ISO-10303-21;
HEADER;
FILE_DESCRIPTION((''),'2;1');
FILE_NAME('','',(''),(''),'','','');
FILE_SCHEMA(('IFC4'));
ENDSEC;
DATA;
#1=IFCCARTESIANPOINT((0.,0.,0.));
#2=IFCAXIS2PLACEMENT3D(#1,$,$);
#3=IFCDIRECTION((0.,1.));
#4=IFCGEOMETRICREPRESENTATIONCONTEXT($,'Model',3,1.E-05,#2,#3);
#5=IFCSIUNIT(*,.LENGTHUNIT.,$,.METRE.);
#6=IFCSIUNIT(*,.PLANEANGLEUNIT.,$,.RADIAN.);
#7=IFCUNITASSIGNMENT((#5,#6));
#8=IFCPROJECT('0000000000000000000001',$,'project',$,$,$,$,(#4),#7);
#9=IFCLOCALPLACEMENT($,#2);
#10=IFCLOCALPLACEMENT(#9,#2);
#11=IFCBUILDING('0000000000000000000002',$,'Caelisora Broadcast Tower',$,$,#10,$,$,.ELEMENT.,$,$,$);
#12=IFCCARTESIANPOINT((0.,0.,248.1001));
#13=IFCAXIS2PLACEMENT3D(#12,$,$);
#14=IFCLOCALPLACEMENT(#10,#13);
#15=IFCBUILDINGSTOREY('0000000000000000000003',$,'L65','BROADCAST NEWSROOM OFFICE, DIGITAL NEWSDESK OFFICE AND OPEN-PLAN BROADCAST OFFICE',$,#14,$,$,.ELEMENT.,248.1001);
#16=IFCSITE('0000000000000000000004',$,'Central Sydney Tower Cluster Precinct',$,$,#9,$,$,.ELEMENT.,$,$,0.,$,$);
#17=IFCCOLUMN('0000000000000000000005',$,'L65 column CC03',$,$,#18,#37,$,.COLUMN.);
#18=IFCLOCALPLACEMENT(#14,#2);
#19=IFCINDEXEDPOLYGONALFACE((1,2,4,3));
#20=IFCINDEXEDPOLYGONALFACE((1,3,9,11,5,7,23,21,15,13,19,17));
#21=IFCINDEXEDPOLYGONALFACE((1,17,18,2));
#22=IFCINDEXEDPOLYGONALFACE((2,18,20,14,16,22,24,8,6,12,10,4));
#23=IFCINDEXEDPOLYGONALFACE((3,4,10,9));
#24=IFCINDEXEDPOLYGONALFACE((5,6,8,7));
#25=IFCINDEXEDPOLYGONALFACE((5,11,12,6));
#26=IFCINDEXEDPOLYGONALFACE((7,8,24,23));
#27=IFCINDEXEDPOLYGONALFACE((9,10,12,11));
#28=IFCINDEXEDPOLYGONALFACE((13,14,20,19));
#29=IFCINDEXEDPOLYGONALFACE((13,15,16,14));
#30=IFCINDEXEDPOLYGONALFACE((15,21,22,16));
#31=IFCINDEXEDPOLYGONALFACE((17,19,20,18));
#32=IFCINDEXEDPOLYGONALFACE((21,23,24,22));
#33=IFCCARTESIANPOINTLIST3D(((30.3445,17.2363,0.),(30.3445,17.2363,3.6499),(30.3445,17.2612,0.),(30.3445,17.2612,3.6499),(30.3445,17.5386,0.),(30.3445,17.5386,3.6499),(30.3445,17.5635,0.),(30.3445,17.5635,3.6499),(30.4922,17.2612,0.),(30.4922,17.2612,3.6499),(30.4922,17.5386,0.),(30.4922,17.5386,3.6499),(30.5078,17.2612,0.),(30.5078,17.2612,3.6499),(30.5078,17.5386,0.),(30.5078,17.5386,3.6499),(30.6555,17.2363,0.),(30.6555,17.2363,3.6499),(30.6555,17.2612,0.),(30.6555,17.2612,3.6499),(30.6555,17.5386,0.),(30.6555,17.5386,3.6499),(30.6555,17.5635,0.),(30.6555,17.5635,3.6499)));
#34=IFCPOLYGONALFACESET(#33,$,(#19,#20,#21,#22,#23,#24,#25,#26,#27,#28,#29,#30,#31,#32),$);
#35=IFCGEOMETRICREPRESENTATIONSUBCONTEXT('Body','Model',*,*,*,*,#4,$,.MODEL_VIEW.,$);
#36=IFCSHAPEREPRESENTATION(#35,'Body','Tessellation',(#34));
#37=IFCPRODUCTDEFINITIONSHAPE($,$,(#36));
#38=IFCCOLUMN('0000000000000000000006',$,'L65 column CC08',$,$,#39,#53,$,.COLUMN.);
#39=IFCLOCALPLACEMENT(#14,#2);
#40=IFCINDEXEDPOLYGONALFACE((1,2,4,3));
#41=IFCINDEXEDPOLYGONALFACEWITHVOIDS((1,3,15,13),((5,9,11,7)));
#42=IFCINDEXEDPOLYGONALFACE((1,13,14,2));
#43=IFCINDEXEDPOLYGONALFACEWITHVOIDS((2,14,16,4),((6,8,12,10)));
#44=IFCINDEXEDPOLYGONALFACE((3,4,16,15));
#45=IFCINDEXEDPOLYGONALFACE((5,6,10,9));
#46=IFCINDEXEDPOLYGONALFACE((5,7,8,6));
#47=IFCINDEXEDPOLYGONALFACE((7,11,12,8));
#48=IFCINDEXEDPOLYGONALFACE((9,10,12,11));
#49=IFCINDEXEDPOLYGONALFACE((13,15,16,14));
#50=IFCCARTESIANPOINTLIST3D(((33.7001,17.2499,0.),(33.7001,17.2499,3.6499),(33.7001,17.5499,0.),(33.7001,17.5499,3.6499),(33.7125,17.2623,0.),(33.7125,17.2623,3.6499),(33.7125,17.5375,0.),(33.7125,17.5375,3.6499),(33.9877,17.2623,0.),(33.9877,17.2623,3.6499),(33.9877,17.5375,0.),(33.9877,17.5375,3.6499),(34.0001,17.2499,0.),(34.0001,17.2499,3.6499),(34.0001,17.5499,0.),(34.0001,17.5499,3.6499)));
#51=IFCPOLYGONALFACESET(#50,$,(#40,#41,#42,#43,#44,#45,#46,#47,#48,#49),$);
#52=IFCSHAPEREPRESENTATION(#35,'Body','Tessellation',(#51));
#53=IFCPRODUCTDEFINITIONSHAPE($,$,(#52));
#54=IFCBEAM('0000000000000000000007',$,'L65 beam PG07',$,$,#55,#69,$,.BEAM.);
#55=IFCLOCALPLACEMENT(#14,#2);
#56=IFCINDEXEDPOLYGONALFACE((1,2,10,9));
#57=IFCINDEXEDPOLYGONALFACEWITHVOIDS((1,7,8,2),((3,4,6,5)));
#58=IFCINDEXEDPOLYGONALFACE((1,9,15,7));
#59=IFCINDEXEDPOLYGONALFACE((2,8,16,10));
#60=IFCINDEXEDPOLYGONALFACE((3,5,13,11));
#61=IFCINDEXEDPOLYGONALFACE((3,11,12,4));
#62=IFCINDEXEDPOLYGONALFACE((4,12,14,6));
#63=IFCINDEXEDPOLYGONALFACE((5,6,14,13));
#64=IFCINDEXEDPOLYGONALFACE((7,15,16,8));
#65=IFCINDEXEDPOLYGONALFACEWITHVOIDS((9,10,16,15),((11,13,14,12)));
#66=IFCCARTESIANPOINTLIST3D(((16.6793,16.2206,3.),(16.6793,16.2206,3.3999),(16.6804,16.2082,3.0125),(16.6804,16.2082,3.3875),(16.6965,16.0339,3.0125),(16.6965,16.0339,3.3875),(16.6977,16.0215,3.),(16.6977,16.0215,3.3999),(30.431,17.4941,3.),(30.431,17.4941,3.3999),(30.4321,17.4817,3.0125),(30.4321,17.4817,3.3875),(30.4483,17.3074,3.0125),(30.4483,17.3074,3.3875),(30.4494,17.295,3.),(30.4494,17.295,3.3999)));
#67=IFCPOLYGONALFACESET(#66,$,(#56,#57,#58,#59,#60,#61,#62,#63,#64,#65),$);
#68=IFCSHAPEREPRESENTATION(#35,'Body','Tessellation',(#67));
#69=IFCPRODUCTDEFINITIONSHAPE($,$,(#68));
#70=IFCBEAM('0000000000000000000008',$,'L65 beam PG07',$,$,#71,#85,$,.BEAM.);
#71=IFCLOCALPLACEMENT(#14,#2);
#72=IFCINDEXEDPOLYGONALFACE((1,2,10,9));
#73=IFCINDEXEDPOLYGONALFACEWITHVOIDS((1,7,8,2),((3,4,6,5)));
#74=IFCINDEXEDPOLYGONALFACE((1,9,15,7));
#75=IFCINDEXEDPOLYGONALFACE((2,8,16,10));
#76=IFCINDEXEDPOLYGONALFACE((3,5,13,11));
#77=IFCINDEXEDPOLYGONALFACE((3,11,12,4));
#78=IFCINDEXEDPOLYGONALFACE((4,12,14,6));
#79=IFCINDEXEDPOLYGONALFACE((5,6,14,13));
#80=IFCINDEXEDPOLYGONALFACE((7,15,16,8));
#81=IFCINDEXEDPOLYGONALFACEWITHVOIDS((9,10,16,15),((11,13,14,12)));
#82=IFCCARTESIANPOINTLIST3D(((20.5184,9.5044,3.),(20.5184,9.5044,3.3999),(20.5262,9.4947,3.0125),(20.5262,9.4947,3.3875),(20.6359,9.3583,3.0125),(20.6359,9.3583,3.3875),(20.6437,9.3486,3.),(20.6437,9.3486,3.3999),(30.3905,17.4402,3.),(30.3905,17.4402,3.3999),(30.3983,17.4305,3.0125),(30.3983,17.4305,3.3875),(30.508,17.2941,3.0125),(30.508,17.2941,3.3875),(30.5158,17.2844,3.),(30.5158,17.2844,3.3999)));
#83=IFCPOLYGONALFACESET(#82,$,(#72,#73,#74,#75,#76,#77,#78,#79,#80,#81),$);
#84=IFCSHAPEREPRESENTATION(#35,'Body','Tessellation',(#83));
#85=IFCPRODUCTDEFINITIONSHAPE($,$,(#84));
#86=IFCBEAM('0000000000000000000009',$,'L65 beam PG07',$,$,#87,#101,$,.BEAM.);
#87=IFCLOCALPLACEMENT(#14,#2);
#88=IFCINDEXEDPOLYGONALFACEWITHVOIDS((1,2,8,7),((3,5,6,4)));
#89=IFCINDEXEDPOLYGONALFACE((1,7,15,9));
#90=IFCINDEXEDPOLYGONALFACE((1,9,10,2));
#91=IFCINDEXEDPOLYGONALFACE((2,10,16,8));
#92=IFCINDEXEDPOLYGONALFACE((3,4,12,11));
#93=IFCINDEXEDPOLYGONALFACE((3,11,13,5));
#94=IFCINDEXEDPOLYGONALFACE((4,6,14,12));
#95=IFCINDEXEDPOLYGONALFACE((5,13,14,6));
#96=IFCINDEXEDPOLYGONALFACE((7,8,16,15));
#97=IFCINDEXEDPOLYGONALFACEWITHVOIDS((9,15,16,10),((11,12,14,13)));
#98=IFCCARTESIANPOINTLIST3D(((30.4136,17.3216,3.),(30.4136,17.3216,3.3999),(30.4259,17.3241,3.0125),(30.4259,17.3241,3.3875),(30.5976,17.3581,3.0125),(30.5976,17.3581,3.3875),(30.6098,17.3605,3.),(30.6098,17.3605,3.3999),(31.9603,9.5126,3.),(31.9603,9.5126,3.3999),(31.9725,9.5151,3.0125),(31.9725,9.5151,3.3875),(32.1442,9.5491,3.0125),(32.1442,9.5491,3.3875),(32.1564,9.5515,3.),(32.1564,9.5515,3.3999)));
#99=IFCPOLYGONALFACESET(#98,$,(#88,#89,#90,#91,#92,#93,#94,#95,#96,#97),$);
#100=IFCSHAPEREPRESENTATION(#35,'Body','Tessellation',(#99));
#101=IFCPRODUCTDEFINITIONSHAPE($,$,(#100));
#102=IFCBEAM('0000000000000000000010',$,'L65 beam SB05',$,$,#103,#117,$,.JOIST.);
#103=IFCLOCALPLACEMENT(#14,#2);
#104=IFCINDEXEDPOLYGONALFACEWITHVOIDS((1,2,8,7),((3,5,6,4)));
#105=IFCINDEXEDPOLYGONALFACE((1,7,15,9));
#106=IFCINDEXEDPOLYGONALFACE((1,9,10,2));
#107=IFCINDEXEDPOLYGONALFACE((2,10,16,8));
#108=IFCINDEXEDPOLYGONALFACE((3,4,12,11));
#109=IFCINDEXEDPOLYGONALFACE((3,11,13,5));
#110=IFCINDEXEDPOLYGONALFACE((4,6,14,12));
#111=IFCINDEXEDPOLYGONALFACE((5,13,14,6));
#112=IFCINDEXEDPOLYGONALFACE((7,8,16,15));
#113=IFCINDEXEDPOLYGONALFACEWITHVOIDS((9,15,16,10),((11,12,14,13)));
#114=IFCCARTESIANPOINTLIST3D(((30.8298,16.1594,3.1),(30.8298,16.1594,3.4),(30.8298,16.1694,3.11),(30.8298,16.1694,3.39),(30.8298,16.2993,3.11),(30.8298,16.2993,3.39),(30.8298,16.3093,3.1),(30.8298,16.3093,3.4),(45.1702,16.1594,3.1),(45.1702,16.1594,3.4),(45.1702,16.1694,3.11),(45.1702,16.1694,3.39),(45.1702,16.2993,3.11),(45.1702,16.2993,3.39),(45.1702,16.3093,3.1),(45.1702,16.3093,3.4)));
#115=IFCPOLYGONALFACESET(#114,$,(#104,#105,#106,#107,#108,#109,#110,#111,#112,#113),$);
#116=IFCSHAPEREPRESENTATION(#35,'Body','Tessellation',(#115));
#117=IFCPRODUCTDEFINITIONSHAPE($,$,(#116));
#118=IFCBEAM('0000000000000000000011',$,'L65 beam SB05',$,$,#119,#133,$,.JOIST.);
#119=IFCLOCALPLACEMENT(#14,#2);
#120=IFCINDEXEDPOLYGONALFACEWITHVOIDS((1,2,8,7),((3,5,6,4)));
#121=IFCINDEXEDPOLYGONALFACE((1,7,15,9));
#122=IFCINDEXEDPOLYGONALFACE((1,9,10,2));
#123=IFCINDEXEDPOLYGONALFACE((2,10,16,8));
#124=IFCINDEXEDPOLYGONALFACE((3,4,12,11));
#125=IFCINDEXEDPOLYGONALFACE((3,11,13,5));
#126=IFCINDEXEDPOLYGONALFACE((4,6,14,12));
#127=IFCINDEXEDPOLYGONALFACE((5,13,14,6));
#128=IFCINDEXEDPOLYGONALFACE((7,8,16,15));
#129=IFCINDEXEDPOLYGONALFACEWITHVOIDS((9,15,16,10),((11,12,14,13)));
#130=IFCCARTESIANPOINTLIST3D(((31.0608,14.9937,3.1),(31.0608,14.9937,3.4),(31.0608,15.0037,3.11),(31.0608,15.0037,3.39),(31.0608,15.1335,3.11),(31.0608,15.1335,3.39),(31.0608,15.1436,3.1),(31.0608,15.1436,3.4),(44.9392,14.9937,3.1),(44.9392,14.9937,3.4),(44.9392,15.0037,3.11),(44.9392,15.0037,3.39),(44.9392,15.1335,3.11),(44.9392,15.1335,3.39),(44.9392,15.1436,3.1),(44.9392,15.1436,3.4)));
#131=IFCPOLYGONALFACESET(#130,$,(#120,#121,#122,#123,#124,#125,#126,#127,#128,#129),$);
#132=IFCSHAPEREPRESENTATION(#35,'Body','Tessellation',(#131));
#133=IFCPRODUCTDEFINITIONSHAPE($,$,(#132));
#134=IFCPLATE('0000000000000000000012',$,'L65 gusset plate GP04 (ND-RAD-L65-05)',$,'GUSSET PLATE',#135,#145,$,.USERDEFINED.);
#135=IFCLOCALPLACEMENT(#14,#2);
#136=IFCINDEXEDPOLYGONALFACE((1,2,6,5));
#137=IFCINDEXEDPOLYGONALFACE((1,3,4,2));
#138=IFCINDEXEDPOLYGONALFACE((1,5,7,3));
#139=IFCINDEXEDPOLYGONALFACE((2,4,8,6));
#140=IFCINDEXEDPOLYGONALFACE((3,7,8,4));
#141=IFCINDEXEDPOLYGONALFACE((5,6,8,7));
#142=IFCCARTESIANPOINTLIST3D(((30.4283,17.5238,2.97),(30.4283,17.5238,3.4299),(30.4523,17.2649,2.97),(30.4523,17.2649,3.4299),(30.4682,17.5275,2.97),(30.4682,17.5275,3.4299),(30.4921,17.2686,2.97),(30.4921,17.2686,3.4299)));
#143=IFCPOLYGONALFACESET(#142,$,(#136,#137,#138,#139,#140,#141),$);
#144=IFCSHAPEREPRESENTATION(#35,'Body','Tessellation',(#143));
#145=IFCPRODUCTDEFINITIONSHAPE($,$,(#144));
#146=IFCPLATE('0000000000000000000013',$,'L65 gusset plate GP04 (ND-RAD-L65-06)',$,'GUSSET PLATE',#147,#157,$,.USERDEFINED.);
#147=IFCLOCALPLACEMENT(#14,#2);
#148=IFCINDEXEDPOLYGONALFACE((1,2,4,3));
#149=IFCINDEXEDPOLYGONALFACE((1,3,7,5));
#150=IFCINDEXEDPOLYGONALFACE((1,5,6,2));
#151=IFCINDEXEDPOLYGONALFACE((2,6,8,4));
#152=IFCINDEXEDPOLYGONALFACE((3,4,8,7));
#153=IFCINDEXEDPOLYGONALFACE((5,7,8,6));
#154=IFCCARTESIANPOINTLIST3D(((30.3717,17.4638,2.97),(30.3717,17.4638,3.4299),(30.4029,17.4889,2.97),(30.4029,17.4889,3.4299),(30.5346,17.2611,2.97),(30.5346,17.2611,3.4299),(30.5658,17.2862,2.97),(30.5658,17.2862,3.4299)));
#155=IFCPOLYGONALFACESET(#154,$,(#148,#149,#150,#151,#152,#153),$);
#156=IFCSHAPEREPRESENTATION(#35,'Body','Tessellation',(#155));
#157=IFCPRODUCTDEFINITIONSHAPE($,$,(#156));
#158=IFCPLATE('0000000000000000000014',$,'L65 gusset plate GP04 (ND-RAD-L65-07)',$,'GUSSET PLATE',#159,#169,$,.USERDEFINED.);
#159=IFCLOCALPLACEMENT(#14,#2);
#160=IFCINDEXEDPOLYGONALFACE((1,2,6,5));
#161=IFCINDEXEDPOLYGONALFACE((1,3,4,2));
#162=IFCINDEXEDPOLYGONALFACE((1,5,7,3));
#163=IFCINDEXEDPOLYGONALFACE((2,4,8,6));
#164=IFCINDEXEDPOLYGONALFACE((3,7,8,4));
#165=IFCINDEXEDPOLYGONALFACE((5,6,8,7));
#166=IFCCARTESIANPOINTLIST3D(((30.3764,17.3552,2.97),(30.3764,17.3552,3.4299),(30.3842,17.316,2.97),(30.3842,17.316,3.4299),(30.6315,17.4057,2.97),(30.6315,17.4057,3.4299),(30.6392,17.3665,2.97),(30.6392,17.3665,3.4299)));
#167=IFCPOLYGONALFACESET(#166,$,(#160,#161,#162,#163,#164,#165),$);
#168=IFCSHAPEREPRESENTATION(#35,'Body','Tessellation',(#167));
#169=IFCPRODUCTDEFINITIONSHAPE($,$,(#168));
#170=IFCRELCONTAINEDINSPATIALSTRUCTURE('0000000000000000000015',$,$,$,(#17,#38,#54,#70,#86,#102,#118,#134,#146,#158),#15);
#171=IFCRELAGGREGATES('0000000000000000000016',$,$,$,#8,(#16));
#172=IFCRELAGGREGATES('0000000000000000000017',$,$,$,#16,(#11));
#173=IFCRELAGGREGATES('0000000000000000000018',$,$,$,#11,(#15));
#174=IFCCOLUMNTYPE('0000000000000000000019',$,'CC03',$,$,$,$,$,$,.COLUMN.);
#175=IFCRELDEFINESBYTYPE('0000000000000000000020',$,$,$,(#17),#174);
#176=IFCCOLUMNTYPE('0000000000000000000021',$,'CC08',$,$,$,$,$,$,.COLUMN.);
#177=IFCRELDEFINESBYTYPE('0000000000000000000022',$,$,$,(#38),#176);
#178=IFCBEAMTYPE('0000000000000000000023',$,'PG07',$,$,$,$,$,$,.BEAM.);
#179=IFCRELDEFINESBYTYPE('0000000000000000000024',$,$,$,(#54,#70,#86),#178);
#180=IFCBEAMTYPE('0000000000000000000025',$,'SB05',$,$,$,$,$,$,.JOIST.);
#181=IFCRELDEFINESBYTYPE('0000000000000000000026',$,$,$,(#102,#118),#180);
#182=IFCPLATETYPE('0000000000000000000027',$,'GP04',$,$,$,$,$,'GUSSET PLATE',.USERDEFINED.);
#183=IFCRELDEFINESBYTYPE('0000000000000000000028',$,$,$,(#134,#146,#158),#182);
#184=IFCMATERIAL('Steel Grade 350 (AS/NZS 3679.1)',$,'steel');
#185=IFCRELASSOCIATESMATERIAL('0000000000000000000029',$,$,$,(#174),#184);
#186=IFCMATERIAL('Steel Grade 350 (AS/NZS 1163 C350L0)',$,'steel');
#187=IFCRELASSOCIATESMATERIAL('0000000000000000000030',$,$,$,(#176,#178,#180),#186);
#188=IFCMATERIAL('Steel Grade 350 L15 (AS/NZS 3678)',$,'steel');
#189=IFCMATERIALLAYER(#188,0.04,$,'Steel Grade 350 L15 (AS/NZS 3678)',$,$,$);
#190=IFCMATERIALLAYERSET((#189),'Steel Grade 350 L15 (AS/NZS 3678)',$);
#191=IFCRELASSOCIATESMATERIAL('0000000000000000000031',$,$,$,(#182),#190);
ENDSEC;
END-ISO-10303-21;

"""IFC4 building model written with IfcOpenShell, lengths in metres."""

from ifc_helpers import new_model, si_unit, direction, frame, origin, origin_2d, place, context, subcontext, project, spatial, rectangle, hollow_rectangle, i_section, extrude, source, transform, mapped, material, layer, layer_set, material_profile, profile_set, type_object, type_shapes, element, save


model = new_model("IFC4")

# Units and contexts
model_context = context("Model", 3, precision=1e-05, world=origin(), true_north=direction((0.0, 1.0)))
body_context = subcontext(model_context, "Body", "Model", "MODEL_VIEW")
ifc_project = project(units=[si_unit("LENGTHUNIT", "METRE"), si_unit("PLANEANGLEUNIT", "RADIAN")], contexts=[model_context])

# Site, building, storey
site_placement = place(None, origin())
site = spatial("IfcSite", under=ifc_project, at=site_placement, Name="Central Sydney Tower Cluster Precinct", CompositionType="ELEMENT", RefElevation=0.0)
building_placement = place(site_placement, origin())
building = spatial("IfcBuilding", under=site, at=building_placement, Name="Caelisora Broadcast Tower", CompositionType="ELEMENT")
storey_placement = place(building_placement, frame((0.0, 0.0, 248.1001)))
storey = spatial("IfcBuildingStorey", under=building, at=storey_placement, Name="L65", Description="BROADCAST NEWSROOM OFFICE, DIGITAL NEWSDESK OFFICE AND OPEN-PLAN BROADCAST OFFICE", CompositionType="ELEMENT", Elevation=248.1001)

# Columns
ifc_material_1 = material(Name="Steel Grade 350 (AS/NZS 3679.1)", Category="steel")
ifc_material_profile_1 = material_profile(ifc_material_1, i_section(OverallWidth=0.311, OverallDepth=0.3271, WebThickness=0.0156, FlangeThickness=0.0249, at=origin_2d()), Name="Steel Grade 350 (AS/NZS 3679.1)")
ifc_profile_set_1 = profile_set([ifc_material_profile_1], Name="Steel Grade 350 (AS/NZS 3679.1)")
column_type_1 = type_object("IfcColumnType", Name="CC03", PredefinedType="COLUMN", material=ifc_profile_set_1)
shared_shape_1 = source(origin(), body_context, "Body", "SweptSolid", [
    extrude(i_section(OverallWidth=0.311, OverallDepth=0.3271, WebThickness=0.0156, FlangeThickness=0.0249, at=origin_2d()), origin(), (0.0, 0.0, 1.0), 3.6499),
])
type_shapes(column_type_1, [shared_shape_1])
column_1_placement = place(storey_placement, frame((30.5, 17.3999, 0.0), z_axis=(0.0, 0.0, 1.0), x_axis=(1.0, 0.0, 0.0)))
element("IfcColumn", 1, at=column_1_placement, inside=storey, type_object=column_type_1, Name="L65 column CC03", PredefinedType="COLUMN", context=body_context, shape_type="MappedRepresentation", body=[
    mapped(shared_shape_1, transform((0.0, 0.0, 0.0), scale=1.0)),
])
ifc_material_2 = material(Name="Steel Grade 350 (AS/NZS 1163 C350L0)", Category="steel")
ifc_material_profile_2 = material_profile(ifc_material_2, hollow_rectangle(XDim=0.3, YDim=0.3, WallThickness=0.0125, at=origin_2d()), Name="Steel Grade 350 (AS/NZS 1163 C350L0)")
ifc_profile_set_2 = profile_set([ifc_material_profile_2], Name="Steel Grade 350 (AS/NZS 1163 C350L0)")
column_type_2 = type_object("IfcColumnType", Name="CC08", PredefinedType="COLUMN", material=ifc_profile_set_2)
shared_shape_2 = source(origin(), body_context, "Body", "SweptSolid", [
    extrude(hollow_rectangle(XDim=0.3, YDim=0.3, WallThickness=0.0125, at=origin_2d()), origin(), (0.0, 0.0, 1.0), 3.6499),
])
type_shapes(column_type_2, [shared_shape_2])
column_2_placement = place(storey_placement, frame((33.8501, 17.3999, 0.0), z_axis=(0.0, 0.0, 1.0), x_axis=(1.0, 0.0, 0.0)))
element("IfcColumn", 2, at=column_2_placement, inside=storey, type_object=column_type_2, Name="L65 column CC08", PredefinedType="COLUMN", context=body_context, shape_type="MappedRepresentation", body=[
    mapped(shared_shape_2, transform((0.0, 0.0, 0.0), scale=1.0)),
])

# Beams
ifc_material_profile_3 = material_profile(ifc_material_2, hollow_rectangle(XDim=0.2, YDim=0.3999, WallThickness=0.0125, at=origin_2d()), Name="Steel Grade 350 (AS/NZS 1163 C350L0)")
ifc_profile_set_3 = profile_set([ifc_material_profile_3], Name="Steel Grade 350 (AS/NZS 1163 C350L0)")
beam_type_1 = type_object("IfcBeamType", Name="PG07", PredefinedType="BEAM", material=ifc_profile_set_3)
shared_shape_3 = source(origin(), body_context, "Body", "SweptSolid", [
    extrude(hollow_rectangle(XDim=0.2, YDim=0.3999, WallThickness=0.0125, at=origin_2d()), origin(), (0.0, 0.0, 1.0), 13.8105),
])
beam_1_placement = place(storey_placement, frame((30.4402, 17.3945, 3.2), z_axis=(-0.99574, -0.092208, 0.0), x_axis=(0.092208, -0.99574, 0.0)))
element("IfcBeam", 3, at=beam_1_placement, inside=storey, type_object=beam_type_1, Name="L65 beam PG07", PredefinedType="BEAM", context=body_context, shape_type="MappedRepresentation", body=[
    mapped(shared_shape_3, transform((0.0, 0.0, 0.0), scale=1.0)),
])
shared_shape_4 = source(origin(), body_context, "Body", "SweptSolid", [
    extrude(hollow_rectangle(XDim=0.2, YDim=0.3999, WallThickness=0.0125, at=origin_2d()), origin(), (0.0, 0.0, 1.0), 12.6663),
])
beam_2_placement = place(storey_placement, frame((30.4531, 17.3623, 3.2), z_axis=(-0.779398, -0.626529, 0.0), x_axis=(0.626529, -0.779398, 0.0)))
element("IfcBeam", 4, at=beam_2_placement, inside=storey, type_object=beam_type_1, Name="L65 beam PG07", PredefinedType="BEAM", context=body_context, shape_type="MappedRepresentation", body=[
    mapped(shared_shape_4, transform((0.0, 0.0, 0.0), scale=1.0)),
])
shared_shape_5 = source(origin(), body_context, "Body", "SweptSolid", [
    extrude(hollow_rectangle(XDim=0.2, YDim=0.3999, WallThickness=0.0125, at=origin_2d()), origin(), (0.0, 0.0, 1.0), 7.9607),
])
type_shapes(beam_type_1, [shared_shape_3, shared_shape_4, shared_shape_5])
beam_3_placement = place(storey_placement, frame((30.5117, 17.3411, 3.2), z_axis=(0.194282, -0.980946, 0.0), x_axis=(0.980946, 0.194282, 0.0)))
element("IfcBeam", 5, at=beam_3_placement, inside=storey, type_object=beam_type_1, Name="L65 beam PG07", PredefinedType="BEAM", context=body_context, shape_type="MappedRepresentation", body=[
    mapped(shared_shape_5, transform((0.0, 0.0, 0.0), scale=1.0)),
])
ifc_material_profile_4 = material_profile(ifc_material_2, hollow_rectangle(XDim=0.1499, YDim=0.3, WallThickness=0.01, at=origin_2d()), Name="Steel Grade 350 (AS/NZS 1163 C350L0)")
ifc_profile_set_4 = profile_set([ifc_material_profile_4], Name="Steel Grade 350 (AS/NZS 1163 C350L0)")
beam_type_2 = type_object("IfcBeamType", Name="SB05", PredefinedType="JOIST", material=ifc_profile_set_4)
shared_shape_6 = source(origin(), body_context, "Body", "SweptSolid", [
    extrude(hollow_rectangle(XDim=0.1499, YDim=0.3, WallThickness=0.01, at=origin_2d()), origin(), (0.0, 0.0, 1.0), 14.3403),
])
beam_4_placement = place(storey_placement, frame((30.8298, 16.2344, 3.25), z_axis=(1.0, 0.0, 0.0), x_axis=(0.0, 1.0, 0.0)))
element("IfcBeam", 6, at=beam_4_placement, inside=storey, type_object=beam_type_2, Name="L65 beam SB05", PredefinedType="JOIST", context=body_context, shape_type="MappedRepresentation", body=[
    mapped(shared_shape_6, transform((0.0, 0.0, 0.0), scale=1.0)),
])
shared_shape_7 = source(origin(), body_context, "Body", "SweptSolid", [
    extrude(hollow_rectangle(XDim=0.1499, YDim=0.3, WallThickness=0.01, at=origin_2d()), origin(), (0.0, 0.0, 1.0), 13.8784),
])
type_shapes(beam_type_2, [shared_shape_6, shared_shape_7])
beam_5_placement = place(storey_placement, frame((31.0608, 15.0686, 3.25), z_axis=(1.0, 0.0, 0.0), x_axis=(0.0, 1.0, 0.0)))
element("IfcBeam", 7, at=beam_5_placement, inside=storey, type_object=beam_type_2, Name="L65 beam SB05", PredefinedType="JOIST", context=body_context, shape_type="MappedRepresentation", body=[
    mapped(shared_shape_7, transform((0.0, 0.0, 0.0), scale=1.0)),
])

# Plates
ifc_material_3 = material(Name="Steel Grade 350 L15 (AS/NZS 3678)", Category="steel")
ifc_layer_1 = layer(ifc_material_3, 0.04, Name="Steel Grade 350 L15 (AS/NZS 3678)")
ifc_layer_set_1 = layer_set([ifc_layer_1], Name="Steel Grade 350 L15 (AS/NZS 3678)")
plate_type = type_object("IfcPlateType", Name="GP04", ElementType="GUSSET PLATE", PredefinedType="USERDEFINED", material=ifc_layer_set_1)
shared_shape_8 = source(origin(), body_context, "Body", "SweptSolid", [
    extrude(rectangle(XDim=0.26, YDim=0.04, at=origin_2d()), origin(), (0.0, 0.0, 1.0), 0.46),
])
for number, where, z_axis, x_axis, name in (
    (8, (30.4602, 17.3962, 2.97), (0.0, 0.0, 1.0), (0.092197, -0.995741, 0.0), "L65 gusset plate GP04 (ND-RAD-L65-05)"),
    (9, (30.4688, 17.375, 2.97), (0.0, 0.0, 1.0), (0.626468, -0.779447, 0.0), "L65 gusset plate GP04 (ND-RAD-L65-06)"),
    (10, (30.5078, 17.3608, 2.97), (0.0, 0.0, 1.0), (0.980955, 0.194234, 0.0), "L65 gusset plate GP04 (ND-RAD-L65-07)"),
):
    element("IfcPlate", number, at=place(storey_placement, frame(where, z_axis=z_axis, x_axis=x_axis)), inside=storey, type_object=plate_type, Name=name, ObjectType="GUSSET PLATE", PredefinedType="USERDEFINED", context=body_context, shape_type="MappedRepresentation", body=[
        mapped(shared_shape_8, transform((0.0, 0.0, 0.0), scale=1.0)),
    ])

save(model, "model.ifc")
